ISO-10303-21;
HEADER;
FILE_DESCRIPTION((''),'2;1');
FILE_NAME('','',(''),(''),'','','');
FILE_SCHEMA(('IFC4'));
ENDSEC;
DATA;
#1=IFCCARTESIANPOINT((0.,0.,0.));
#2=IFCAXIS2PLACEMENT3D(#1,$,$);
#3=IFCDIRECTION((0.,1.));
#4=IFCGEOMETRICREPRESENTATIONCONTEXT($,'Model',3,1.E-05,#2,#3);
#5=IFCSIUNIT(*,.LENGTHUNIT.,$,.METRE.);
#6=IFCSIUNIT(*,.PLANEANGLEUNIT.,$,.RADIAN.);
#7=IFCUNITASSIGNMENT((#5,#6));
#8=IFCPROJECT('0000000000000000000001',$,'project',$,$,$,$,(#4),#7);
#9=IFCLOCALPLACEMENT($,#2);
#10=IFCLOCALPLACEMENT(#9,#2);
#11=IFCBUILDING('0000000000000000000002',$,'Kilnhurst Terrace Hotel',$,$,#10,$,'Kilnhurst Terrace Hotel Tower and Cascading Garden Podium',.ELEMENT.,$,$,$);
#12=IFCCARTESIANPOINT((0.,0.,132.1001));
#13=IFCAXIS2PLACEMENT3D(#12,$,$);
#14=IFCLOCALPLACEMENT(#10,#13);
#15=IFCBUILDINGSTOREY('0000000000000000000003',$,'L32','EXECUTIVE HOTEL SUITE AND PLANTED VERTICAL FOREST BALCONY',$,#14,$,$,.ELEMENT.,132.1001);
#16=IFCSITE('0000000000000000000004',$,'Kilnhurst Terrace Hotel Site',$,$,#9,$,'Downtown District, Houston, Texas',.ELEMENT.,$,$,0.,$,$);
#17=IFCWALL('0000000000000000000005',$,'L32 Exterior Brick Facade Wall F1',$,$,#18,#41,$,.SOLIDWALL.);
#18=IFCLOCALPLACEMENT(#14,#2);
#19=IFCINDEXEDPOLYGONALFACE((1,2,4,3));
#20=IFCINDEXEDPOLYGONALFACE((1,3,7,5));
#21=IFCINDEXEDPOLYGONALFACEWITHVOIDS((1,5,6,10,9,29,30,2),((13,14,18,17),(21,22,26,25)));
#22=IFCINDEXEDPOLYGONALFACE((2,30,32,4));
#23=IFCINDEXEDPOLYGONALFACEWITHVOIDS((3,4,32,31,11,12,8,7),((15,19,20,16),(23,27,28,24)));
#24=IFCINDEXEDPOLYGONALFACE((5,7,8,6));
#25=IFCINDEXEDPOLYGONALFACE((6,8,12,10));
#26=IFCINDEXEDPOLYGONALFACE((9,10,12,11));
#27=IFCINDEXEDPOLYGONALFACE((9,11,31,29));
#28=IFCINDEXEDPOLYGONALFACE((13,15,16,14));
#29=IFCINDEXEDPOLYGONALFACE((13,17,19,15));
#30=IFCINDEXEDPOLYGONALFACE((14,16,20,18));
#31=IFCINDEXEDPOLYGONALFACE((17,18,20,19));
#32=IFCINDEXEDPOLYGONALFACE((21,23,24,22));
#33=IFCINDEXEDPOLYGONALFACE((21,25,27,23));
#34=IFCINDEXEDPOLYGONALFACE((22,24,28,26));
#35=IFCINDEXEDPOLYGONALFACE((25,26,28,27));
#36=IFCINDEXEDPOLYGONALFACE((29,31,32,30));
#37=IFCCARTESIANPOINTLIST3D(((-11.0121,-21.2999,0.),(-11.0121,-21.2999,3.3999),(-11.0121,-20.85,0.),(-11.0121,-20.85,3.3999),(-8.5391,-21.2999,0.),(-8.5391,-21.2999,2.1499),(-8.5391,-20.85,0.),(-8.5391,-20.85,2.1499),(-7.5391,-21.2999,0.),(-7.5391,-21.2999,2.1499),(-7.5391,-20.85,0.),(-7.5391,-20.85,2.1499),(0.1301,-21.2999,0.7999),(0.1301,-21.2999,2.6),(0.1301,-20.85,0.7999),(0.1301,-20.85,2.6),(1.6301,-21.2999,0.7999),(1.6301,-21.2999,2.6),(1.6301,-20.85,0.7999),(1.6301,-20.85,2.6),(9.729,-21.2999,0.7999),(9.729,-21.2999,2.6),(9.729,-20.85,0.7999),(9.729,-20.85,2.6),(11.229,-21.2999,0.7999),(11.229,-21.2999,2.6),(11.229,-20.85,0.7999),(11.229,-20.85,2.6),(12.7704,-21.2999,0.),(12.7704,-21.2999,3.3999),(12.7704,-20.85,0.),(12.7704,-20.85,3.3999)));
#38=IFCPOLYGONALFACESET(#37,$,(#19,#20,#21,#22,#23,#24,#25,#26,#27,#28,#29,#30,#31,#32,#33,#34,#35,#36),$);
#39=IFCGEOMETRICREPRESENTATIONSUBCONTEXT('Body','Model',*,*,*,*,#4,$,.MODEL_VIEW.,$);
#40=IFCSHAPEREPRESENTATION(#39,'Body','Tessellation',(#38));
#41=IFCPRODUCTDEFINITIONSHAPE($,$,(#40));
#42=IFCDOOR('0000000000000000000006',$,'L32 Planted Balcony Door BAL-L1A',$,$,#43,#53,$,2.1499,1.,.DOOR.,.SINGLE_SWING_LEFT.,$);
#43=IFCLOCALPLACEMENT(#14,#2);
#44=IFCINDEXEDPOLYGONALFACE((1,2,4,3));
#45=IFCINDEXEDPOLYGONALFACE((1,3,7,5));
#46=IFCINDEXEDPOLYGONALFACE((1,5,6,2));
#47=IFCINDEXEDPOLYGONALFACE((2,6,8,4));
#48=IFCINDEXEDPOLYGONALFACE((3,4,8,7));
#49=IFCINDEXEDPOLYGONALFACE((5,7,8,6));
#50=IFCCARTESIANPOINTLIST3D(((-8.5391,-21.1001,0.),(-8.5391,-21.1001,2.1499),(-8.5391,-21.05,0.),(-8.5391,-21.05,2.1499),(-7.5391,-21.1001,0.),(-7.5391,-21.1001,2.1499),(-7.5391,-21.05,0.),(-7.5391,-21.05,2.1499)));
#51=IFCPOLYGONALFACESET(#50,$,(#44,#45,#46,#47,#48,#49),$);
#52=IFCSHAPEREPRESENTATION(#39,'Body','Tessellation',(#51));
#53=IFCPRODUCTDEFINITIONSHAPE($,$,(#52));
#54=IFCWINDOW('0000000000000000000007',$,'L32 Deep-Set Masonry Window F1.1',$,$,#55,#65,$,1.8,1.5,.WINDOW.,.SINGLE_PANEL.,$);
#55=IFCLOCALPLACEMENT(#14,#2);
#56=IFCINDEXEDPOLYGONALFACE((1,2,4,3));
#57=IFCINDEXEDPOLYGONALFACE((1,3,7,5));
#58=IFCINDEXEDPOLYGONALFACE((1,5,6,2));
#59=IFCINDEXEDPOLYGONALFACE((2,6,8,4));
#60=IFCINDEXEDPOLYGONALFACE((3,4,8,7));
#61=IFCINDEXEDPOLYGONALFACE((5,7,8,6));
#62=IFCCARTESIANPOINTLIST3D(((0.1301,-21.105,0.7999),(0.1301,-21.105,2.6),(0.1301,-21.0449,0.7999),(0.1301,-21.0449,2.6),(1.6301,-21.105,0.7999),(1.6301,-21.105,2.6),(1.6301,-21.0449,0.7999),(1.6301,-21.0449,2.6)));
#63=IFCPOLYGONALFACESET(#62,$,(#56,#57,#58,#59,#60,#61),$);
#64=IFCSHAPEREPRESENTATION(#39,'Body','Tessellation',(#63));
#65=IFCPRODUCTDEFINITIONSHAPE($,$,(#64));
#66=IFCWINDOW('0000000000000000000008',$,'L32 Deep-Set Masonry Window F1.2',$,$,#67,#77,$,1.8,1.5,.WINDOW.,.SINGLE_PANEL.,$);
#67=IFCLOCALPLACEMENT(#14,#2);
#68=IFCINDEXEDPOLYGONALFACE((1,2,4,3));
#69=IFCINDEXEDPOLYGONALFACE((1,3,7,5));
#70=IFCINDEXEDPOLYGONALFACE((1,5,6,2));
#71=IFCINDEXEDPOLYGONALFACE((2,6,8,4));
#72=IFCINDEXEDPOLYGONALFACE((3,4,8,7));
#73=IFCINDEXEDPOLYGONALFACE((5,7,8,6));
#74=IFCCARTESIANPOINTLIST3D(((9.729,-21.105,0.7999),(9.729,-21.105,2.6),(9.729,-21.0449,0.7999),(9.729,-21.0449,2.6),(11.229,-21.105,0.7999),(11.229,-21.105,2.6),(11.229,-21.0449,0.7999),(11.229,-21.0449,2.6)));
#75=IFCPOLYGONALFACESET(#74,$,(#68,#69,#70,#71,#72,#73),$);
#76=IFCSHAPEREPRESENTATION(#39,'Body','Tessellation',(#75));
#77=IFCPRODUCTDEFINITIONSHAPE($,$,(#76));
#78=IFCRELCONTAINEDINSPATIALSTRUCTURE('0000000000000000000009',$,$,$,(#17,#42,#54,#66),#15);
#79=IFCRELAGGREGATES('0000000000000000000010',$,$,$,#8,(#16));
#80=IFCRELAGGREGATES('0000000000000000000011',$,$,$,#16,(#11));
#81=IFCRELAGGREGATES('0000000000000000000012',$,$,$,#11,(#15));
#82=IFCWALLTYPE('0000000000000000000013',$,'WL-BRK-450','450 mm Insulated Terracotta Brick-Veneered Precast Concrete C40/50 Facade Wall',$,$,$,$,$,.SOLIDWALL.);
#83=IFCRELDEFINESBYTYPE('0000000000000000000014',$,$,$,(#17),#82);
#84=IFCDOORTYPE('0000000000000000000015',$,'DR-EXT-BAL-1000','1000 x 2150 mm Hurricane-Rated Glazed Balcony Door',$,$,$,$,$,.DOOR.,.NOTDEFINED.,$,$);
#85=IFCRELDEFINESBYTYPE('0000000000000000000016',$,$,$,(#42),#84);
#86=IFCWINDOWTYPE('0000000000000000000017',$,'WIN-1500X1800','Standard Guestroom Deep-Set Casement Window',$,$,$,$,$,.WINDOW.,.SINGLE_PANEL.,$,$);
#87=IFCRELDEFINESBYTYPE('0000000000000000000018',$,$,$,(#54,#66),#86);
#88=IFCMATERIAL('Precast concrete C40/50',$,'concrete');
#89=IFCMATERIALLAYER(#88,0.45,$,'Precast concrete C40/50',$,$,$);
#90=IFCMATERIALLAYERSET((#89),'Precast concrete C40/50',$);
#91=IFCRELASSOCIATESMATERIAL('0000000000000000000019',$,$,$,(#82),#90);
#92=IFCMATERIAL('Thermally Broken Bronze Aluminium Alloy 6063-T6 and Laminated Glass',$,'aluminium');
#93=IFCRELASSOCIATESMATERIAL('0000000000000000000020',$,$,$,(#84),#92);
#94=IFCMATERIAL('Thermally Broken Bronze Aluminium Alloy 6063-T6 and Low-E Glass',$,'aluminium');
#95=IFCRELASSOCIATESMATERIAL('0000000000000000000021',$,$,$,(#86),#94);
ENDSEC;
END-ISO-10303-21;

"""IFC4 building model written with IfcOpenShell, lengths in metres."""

from ifc_helpers import new_model, si_unit, direction, frame, frame_2d, origin, place, context, subcontext, project, spatial, rectangle, extrude, material, layer, layer_set, type_object, element, fill, save


model = new_model("IFC4")

# Units and contexts
model_context = context("Model", 3, precision=1e-05, world=origin(), true_north=direction((0.0, 1.0)))
body_context = subcontext(model_context, "Body", "Model", "MODEL_VIEW")
ifc_project = project(units=[si_unit("LENGTHUNIT", "METRE"), si_unit("PLANEANGLEUNIT", "RADIAN")], contexts=[model_context])

# Site, building, storey
site_placement = place(None, origin())
site = spatial("IfcSite", under=ifc_project, at=site_placement, Name="Kilnhurst Terrace Hotel Site", LongName="Downtown District, Houston, Texas", CompositionType="ELEMENT", RefElevation=0.0)
building_placement = place(site_placement, origin())
building = spatial("IfcBuilding", under=site, at=building_placement, Name="Kilnhurst Terrace Hotel", LongName="Kilnhurst Terrace Hotel Tower and Cascading Garden Podium", CompositionType="ELEMENT")
storey_placement = place(building_placement, frame((0.0, 0.0, 132.1001)))
storey = spatial("IfcBuildingStorey", under=building, at=storey_placement, Name="L32", Description="EXECUTIVE HOTEL SUITE AND PLANTED VERTICAL FOREST BALCONY", CompositionType="ELEMENT", Elevation=132.1001)

# Shared definitions
ifc_material_1 = material(Name="Precast concrete C40/50", Category="concrete")
ifc_layer_1 = layer(ifc_material_1, 0.45, Name="Precast concrete C40/50")
ifc_layer_set_1 = layer_set([ifc_layer_1], Name="Precast concrete C40/50")
wall_type_1 = type_object("IfcWallType", Name="WL-BRK-450", Description="450 mm Insulated Terracotta Brick-Veneered Precast Concrete C40/50 Facade Wall", PredefinedType="SOLIDWALL", material=ifc_layer_set_1)

# Wall, openings, door, windows
wall_1_placement = place(storey_placement, frame((-11.012, -21.075, 0.0), z_axis=(0.0, 0.0, 1.0), x_axis=(1.0, 0.0, 0.0)))
wall_1 = element("IfcWall", 1, at=wall_1_placement, inside=storey, type_object=wall_type_1, Name="L32 Exterior Brick Facade Wall F1", PredefinedType="SOLIDWALL", context=body_context, shape_type="SweptSolid", body=[
    extrude(rectangle(XDim=23.7825, YDim=0.45, at=frame_2d((11.8911, 0.0))), origin(), (0.0, 0.0, 1.0), 3.3999),
])
opening_1_placement = place(wall_1_placement, frame((2.4729, 0.0, 0.0)))
opening_1 = element("IfcOpeningElement", 2, at=opening_1_placement, cuts=wall_1, PredefinedType="OPENING", context=body_context, shape_type="SweptSolid", body=[
    extrude(rectangle(XDim=1.0, YDim=2.1499, at=frame_2d((0.5, 1.075))), frame((0.0, 0.2349, 0.0), z_axis=(0.0, -1.0, 0.0), x_axis=(1.0, 0.0, 0.0)), (0.0, 0.0, 1.0), 0.47),
])
opening_2_placement = place(wall_1_placement, frame((11.1421, 0.0, 0.8)))
opening_2 = element("IfcOpeningElement", 3, at=opening_2_placement, cuts=wall_1, PredefinedType="OPENING", context=body_context, shape_type="SweptSolid", body=[
    extrude(rectangle(XDim=1.5, YDim=1.8, at=frame_2d((0.75, 0.8999))), frame((0.0, 0.2349, 0.0), z_axis=(0.0, -1.0, 0.0), x_axis=(1.0, 0.0, 0.0)), (0.0, 0.0, 1.0), 0.47),
])
opening_3_placement = place(wall_1_placement, frame((20.741, 0.0, 0.8)))
opening_3 = element("IfcOpeningElement", 4, at=opening_3_placement, cuts=wall_1, PredefinedType="OPENING", context=body_context, shape_type="SweptSolid", body=[
    extrude(rectangle(XDim=1.5, YDim=1.8, at=frame_2d((0.75, 0.8999))), frame((0.0, 0.2349, 0.0), z_axis=(0.0, -1.0, 0.0), x_axis=(1.0, 0.0, 0.0)), (0.0, 0.0, 1.0), 0.47),
])
ifc_material_2 = material(Name="Thermally Broken Bronze Aluminium Alloy 6063-T6 and Laminated Glass", Category="aluminium")
door_type_1 = type_object("IfcDoorType", Name="DR-EXT-BAL-1000", Description="1000 x 2150 mm Hurricane-Rated Glazed Balcony Door", OperationType="NOTDEFINED", PredefinedType="DOOR", material=ifc_material_2)
door_1_placement = place(opening_1_placement, origin())
door_1 = element("IfcDoor", 5, at=door_1_placement, inside=storey, type_object=door_type_1, Name="L32 Planted Balcony Door BAL-L1A", OperationType="SINGLE_SWING_LEFT", OverallHeight=2.1499, OverallWidth=1.0, PredefinedType="DOOR", context=body_context, shape_type="SweptSolid", body=[
    extrude(rectangle(XDim=1.0, YDim=2.1499, at=frame_2d((0.5, 1.075))), frame((0.0, 0.0249, 0.0), z_axis=(0.0, -1.0, 0.0), x_axis=(1.0, 0.0, 0.0)), (0.0, 0.0, 1.0), 0.05),
])
fill(opening_1, door_1)
ifc_material_3 = material(Name="Thermally Broken Bronze Aluminium Alloy 6063-T6 and Low-E Glass", Category="aluminium")
window_type = type_object("IfcWindowType", Name="WIN-1500X1800", Description="Standard Guestroom Deep-Set Casement Window", PartitioningType="SINGLE_PANEL", PredefinedType="WINDOW", material=ifc_material_3)
window_1_placement = place(opening_2_placement, origin())
window_1 = element("IfcWindow", 6, at=window_1_placement, inside=storey, type_object=window_type, Name="L32 Deep-Set Masonry Window F1.1", OverallHeight=1.8, OverallWidth=1.5, PartitioningType="SINGLE_PANEL", PredefinedType="WINDOW", context=body_context, shape_type="SweptSolid", body=[
    extrude(rectangle(XDim=1.5, YDim=1.8, at=frame_2d((0.75, 0.8999))), frame((0.0, 0.03, 0.0), z_axis=(0.0, -1.0, 0.0), x_axis=(1.0, 0.0, 0.0)), (0.0, 0.0, 1.0), 0.0601),
])
fill(opening_2, window_1)
window_2_placement = place(opening_3_placement, origin())
window_2 = element("IfcWindow", 7, at=window_2_placement, inside=storey, type_object=window_type, Name="L32 Deep-Set Masonry Window F1.2", OverallHeight=1.8, OverallWidth=1.5, PartitioningType="SINGLE_PANEL", PredefinedType="WINDOW", context=body_context, shape_type="SweptSolid", body=[
    extrude(rectangle(XDim=1.5, YDim=1.8, at=frame_2d((0.75, 0.8999))), frame((0.0, 0.03, 0.0), z_axis=(0.0, -1.0, 0.0), x_axis=(1.0, 0.0, 0.0)), (0.0, 0.0, 1.0), 0.0601),
])
fill(opening_3, window_2)

save(model, "model.ifc")
